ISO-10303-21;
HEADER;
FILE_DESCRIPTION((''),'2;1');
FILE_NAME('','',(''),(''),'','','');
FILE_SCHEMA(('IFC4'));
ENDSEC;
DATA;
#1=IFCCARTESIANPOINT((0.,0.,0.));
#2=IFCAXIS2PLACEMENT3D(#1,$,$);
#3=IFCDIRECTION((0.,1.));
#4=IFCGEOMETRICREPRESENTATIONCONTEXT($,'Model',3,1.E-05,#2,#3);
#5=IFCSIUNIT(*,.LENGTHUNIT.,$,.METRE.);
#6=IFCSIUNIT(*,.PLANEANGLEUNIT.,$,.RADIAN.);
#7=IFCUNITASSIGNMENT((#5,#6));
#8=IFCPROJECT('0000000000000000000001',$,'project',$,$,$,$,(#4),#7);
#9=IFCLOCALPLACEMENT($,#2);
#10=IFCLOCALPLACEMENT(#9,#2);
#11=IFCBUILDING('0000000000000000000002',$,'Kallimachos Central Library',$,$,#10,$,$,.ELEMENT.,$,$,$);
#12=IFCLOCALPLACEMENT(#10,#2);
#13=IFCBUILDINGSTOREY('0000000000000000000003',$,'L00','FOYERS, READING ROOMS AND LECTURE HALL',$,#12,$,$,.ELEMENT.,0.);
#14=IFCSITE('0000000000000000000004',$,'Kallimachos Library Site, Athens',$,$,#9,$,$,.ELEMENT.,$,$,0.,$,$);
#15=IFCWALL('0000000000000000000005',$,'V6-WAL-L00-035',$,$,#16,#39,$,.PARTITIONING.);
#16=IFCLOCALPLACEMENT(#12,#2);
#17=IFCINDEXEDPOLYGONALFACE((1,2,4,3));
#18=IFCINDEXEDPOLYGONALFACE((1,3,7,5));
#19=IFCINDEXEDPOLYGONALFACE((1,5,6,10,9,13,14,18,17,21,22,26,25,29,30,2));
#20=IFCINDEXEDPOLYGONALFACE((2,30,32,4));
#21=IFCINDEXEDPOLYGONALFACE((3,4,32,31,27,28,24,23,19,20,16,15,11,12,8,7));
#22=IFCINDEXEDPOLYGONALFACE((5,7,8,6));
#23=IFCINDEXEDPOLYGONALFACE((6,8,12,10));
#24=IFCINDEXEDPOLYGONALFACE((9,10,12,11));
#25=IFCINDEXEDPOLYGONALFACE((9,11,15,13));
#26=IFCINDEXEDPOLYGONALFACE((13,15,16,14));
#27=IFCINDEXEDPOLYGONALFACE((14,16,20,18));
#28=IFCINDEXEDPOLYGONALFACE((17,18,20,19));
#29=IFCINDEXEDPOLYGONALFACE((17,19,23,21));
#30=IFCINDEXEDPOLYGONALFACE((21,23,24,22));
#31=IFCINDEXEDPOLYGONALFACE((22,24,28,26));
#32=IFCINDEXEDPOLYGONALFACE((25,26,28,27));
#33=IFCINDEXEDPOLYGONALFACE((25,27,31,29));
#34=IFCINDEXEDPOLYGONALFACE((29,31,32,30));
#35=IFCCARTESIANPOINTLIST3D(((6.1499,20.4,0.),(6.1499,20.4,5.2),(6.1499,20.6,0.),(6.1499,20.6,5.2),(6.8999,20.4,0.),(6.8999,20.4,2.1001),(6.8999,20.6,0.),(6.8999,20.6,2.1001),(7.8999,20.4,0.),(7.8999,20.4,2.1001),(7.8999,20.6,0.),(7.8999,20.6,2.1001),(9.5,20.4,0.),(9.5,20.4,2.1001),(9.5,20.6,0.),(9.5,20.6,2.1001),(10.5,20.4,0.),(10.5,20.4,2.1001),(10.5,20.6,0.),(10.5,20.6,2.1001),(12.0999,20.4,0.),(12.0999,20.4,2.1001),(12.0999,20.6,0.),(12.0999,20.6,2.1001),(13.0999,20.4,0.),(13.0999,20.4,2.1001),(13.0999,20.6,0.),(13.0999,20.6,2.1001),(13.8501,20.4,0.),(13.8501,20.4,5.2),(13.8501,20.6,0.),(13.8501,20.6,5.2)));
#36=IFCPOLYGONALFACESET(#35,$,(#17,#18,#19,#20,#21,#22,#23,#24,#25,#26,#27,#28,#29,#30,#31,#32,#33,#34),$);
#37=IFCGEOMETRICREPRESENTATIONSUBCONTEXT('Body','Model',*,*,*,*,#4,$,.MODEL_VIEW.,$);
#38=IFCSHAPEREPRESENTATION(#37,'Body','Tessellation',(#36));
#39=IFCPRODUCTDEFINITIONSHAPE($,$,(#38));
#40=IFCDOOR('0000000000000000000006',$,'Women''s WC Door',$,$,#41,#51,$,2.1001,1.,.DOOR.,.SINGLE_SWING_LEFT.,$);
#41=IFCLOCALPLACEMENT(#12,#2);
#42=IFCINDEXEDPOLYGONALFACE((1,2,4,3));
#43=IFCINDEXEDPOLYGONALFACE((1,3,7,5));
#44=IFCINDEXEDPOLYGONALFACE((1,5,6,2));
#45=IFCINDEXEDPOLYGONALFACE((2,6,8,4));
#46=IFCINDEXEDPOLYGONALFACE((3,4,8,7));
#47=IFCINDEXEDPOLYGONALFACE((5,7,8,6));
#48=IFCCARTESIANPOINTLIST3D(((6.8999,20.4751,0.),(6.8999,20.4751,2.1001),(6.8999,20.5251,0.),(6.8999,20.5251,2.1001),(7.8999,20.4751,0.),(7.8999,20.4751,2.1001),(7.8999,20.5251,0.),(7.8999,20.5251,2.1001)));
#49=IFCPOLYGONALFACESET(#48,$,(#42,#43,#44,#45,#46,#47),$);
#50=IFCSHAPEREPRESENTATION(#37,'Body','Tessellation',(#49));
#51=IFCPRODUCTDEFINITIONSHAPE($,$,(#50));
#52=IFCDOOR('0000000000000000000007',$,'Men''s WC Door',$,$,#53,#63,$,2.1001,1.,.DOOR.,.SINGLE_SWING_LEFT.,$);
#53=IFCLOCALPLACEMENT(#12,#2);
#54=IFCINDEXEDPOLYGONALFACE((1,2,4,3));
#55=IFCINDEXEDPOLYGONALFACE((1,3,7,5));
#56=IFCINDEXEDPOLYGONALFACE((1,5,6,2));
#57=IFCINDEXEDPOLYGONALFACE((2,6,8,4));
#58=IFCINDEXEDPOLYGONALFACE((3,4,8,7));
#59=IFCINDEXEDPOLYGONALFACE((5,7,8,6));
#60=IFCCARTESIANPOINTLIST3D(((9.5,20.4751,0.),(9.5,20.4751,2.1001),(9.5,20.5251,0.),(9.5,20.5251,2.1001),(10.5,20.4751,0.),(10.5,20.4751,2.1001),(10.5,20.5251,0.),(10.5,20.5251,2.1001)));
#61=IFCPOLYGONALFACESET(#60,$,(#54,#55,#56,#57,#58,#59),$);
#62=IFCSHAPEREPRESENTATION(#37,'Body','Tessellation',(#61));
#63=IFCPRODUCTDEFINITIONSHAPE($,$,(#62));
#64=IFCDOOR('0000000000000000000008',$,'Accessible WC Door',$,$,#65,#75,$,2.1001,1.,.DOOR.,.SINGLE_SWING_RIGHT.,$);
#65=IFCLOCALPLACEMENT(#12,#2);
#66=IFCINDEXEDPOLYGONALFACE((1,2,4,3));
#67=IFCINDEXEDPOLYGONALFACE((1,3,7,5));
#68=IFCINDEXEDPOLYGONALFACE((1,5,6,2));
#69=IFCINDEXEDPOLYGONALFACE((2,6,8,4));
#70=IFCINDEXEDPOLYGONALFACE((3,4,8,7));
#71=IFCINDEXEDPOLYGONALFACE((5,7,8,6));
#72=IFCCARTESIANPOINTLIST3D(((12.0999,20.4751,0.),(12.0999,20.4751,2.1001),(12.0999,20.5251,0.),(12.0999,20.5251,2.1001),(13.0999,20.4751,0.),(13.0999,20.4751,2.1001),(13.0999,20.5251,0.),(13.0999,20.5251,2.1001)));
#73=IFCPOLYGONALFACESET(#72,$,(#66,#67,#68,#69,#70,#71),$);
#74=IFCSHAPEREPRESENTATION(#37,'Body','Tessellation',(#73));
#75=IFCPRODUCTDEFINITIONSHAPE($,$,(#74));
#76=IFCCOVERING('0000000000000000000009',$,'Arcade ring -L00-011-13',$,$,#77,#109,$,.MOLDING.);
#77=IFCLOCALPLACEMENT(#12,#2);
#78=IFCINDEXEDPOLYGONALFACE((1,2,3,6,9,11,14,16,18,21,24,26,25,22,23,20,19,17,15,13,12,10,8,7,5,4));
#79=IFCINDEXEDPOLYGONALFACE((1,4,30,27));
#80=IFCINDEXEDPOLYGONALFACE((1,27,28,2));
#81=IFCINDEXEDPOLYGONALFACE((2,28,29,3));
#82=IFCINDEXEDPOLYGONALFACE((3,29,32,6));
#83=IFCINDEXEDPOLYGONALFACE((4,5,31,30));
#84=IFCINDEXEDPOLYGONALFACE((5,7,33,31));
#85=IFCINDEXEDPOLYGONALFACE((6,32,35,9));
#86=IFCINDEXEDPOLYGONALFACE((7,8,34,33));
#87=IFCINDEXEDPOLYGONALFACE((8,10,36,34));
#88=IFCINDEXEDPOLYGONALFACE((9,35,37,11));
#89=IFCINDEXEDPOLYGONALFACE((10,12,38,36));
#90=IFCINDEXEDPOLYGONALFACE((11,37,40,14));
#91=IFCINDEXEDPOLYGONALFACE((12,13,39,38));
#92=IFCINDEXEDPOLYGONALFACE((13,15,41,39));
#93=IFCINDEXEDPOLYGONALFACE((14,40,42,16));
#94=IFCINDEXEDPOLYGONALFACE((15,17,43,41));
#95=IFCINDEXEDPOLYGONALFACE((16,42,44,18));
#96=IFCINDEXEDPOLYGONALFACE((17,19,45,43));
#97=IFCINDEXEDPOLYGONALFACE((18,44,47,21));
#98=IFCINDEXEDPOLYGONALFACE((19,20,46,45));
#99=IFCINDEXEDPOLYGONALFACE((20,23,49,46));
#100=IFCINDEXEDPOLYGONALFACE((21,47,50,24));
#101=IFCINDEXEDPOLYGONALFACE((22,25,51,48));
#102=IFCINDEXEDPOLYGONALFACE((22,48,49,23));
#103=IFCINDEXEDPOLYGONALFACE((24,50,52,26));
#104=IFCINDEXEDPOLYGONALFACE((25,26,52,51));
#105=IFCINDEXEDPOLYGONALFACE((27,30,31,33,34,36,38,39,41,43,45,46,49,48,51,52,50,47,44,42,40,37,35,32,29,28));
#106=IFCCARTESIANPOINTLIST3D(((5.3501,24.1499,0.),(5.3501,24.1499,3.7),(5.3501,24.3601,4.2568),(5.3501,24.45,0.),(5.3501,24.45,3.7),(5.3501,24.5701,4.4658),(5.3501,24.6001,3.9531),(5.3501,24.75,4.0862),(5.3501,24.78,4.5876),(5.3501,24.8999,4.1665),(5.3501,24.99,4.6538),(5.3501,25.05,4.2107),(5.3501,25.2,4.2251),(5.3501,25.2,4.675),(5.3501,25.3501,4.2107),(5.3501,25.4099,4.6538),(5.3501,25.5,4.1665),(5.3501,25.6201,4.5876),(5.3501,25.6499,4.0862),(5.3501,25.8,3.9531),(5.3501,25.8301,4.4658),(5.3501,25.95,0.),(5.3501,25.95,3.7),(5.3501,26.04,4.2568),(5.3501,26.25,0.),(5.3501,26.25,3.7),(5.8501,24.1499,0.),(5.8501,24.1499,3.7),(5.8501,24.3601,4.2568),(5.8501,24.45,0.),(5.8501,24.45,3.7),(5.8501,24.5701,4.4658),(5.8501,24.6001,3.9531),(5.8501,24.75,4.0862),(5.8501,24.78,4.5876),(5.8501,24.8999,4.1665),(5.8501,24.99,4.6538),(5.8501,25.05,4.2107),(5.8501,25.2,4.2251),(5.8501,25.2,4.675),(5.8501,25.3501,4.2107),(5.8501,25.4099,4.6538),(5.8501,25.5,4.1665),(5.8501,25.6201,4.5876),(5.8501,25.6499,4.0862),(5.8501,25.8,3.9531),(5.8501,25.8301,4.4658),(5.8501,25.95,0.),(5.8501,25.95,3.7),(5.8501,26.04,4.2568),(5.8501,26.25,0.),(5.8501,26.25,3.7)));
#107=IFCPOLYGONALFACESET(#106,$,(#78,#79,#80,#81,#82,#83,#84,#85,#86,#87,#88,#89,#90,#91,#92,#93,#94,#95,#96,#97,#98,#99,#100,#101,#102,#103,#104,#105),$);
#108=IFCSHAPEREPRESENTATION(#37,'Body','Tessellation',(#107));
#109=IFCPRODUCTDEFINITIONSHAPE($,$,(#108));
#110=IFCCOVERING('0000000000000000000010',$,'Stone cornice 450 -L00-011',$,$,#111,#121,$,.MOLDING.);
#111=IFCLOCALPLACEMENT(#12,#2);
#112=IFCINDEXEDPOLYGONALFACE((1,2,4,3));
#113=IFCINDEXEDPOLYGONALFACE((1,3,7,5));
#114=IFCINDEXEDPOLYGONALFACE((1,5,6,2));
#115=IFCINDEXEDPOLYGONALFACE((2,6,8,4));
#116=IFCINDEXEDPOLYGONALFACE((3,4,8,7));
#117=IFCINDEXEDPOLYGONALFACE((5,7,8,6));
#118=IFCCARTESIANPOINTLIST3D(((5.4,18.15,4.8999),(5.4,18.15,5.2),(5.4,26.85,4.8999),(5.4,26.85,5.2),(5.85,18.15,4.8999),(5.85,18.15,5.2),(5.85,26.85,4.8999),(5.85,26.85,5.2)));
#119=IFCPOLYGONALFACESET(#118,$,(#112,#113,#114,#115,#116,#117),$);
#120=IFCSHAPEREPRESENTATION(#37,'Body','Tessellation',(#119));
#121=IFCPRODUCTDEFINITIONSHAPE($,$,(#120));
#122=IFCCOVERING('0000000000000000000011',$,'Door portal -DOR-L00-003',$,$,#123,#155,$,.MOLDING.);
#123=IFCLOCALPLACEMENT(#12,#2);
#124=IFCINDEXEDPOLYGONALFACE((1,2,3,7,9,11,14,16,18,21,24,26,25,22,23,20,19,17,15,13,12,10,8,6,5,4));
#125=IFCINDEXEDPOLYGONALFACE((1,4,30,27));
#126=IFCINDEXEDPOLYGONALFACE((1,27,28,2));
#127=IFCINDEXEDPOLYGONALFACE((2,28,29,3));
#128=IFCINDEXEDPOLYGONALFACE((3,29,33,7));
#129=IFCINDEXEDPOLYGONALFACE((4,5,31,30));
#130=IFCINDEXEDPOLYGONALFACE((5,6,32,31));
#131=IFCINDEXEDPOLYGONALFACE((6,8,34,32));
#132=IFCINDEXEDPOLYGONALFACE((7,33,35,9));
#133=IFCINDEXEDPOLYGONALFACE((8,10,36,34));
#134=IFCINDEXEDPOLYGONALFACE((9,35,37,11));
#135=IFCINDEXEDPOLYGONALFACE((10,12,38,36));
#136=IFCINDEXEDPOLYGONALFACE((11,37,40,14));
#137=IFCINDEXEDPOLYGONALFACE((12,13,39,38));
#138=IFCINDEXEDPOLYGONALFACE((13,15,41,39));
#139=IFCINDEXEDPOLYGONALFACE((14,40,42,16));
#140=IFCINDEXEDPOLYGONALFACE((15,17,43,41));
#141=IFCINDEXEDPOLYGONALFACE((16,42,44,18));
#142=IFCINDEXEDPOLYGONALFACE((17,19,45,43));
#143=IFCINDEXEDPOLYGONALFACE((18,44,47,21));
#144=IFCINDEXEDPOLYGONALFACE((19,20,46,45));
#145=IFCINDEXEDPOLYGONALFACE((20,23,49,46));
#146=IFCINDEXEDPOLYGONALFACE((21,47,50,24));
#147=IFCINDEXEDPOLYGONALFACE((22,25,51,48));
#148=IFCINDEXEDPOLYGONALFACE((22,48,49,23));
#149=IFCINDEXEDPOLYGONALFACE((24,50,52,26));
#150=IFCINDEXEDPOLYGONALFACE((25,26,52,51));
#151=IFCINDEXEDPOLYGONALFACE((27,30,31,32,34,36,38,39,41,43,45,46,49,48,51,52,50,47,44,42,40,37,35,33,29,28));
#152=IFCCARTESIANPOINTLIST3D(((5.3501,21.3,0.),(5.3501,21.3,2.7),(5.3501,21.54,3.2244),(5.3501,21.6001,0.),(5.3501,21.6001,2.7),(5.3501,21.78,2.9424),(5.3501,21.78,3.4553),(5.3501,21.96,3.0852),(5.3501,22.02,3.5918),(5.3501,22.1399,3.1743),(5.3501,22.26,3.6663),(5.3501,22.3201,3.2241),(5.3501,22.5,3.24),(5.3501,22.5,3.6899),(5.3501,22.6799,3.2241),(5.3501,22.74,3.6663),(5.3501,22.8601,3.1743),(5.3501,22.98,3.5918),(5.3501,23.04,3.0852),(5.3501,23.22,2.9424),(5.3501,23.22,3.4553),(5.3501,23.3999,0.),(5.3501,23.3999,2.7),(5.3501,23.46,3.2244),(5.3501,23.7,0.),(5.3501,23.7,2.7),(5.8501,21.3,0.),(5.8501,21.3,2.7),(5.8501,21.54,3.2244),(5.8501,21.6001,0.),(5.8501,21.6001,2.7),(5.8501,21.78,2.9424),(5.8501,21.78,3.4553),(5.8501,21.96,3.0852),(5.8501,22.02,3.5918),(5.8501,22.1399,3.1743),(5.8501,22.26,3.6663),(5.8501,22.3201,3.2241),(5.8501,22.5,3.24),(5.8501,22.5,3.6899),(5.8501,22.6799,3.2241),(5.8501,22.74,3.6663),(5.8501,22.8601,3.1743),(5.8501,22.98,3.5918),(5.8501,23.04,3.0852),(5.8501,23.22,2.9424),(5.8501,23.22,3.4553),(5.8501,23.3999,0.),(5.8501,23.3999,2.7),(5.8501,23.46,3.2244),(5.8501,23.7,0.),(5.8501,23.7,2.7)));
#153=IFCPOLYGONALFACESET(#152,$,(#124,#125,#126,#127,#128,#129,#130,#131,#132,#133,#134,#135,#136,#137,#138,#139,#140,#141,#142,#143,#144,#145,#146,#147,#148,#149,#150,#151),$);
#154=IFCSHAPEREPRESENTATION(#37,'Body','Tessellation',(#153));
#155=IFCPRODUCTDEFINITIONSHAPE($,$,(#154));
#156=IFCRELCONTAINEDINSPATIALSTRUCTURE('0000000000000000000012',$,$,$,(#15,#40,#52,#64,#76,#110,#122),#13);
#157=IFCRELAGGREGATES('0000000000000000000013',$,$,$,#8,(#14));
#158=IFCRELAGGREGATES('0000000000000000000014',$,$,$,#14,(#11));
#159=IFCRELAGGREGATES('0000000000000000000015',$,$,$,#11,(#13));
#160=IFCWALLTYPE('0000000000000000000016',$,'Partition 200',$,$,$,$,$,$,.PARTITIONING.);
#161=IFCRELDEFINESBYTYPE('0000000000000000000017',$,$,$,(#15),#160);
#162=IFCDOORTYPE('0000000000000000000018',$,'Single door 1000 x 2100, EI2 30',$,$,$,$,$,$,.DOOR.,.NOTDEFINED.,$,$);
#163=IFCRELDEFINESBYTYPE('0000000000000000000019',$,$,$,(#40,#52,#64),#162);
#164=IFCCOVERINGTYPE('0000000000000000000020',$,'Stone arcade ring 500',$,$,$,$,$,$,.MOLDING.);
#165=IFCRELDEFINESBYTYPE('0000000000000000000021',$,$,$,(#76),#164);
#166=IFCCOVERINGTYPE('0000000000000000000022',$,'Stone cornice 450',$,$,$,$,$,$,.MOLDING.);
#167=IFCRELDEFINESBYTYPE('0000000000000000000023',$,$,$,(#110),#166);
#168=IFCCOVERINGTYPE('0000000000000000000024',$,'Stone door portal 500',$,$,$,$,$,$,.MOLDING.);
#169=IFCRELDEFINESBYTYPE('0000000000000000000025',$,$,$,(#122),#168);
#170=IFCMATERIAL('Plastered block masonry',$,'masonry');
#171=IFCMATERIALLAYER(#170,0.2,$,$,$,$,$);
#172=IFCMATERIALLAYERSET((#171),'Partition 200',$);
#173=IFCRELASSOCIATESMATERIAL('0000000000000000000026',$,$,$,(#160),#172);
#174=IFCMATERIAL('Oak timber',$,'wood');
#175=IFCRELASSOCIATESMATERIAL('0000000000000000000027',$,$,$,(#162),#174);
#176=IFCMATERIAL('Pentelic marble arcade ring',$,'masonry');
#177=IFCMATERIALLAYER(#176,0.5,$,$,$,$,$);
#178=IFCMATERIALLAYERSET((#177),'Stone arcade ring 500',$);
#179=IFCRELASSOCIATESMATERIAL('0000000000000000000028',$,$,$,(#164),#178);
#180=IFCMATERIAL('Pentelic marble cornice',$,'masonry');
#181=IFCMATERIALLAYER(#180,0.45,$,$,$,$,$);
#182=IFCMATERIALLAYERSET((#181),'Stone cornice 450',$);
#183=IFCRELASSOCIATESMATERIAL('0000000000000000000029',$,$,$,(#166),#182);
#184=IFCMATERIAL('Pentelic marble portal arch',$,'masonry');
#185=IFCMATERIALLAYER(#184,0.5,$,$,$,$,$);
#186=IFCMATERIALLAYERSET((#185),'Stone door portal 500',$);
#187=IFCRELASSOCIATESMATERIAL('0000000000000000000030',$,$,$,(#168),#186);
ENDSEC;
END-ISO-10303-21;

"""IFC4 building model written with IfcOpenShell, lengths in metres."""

from ifc_helpers import new_model, si_unit, direction, frame, frame_2d, origin, origin_2d, place, context, subcontext, project, spatial, polyline, rectangle, outline, extrude, material, layer, layer_set, type_object, element, fill, save


model = new_model("IFC4")

# Units and contexts
model_context = context("Model", 3, precision=1e-05, world=origin(), true_north=direction((0.0, 1.0)))
body_context = subcontext(model_context, "Body", "Model", "MODEL_VIEW")
ifc_project = project(units=[si_unit("LENGTHUNIT", "METRE"), si_unit("PLANEANGLEUNIT", "RADIAN")], contexts=[model_context])

# Site, building, storey
site_placement = place(None, origin())
site = spatial("IfcSite", under=ifc_project, at=site_placement, Name="Kallimachos Library Site, Athens", CompositionType="ELEMENT", RefElevation=0.0)
building_placement = place(site_placement, origin())
building = spatial("IfcBuilding", under=site, at=building_placement, Name="Kallimachos Central Library", CompositionType="ELEMENT")
storey_placement = place(building_placement, origin())
storey = spatial("IfcBuildingStorey", under=building, at=storey_placement, Name="L00", Description="FOYERS, READING ROOMS AND LECTURE HALL", CompositionType="ELEMENT", Elevation=0.0)

# Shared definitions
ifc_material_1 = material(Name="Plastered block masonry", Category="masonry")
ifc_layer_1 = layer(ifc_material_1, 0.2)
ifc_layer_set_1 = layer_set([ifc_layer_1], Name="Partition 200")
wall_type_1 = type_object("IfcWallType", Name="Partition 200", PredefinedType="PARTITIONING", material=ifc_layer_set_1)

# Wall, openings, doors
wall_1_placement = place(storey_placement, frame((6.1499, 20.5, 0.0), z_axis=(0.0, 0.0, 1.0), x_axis=(1.0, 0.0, 0.0)))
wall_1 = element("IfcWall", 1, at=wall_1_placement, inside=storey, type_object=wall_type_1, Name="V6-WAL-L00-035", PredefinedType="PARTITIONING", context=body_context, shape_type="SweptSolid", body=[
    extrude(rectangle(XDim=7.7002, YDim=0.2, at=frame_2d((3.8501, 0.0))), origin(), (0.0, 0.0, 1.0), 5.2),
])
opening_1_placement = place(wall_1_placement, frame((0.75, 0.0, 0.0)))
opening_1 = element("IfcOpeningElement", 2, at=opening_1_placement, cuts=wall_1, PredefinedType="OPENING", context=body_context, shape_type="SweptSolid", body=[
    extrude(rectangle(XDim=1.0, YDim=2.1001, at=frame_2d((0.5, 1.05))), frame((0.0, 0.1099, 0.0), z_axis=(0.0, -1.0, 0.0), x_axis=(1.0, 0.0, 0.0)), (0.0, 0.0, 1.0), 0.22),
])
opening_2_placement = place(wall_1_placement, frame((3.3501, 0.0, 0.0)))
opening_2 = element("IfcOpeningElement", 3, at=opening_2_placement, cuts=wall_1, PredefinedType="OPENING", context=body_context, shape_type="SweptSolid", body=[
    extrude(rectangle(XDim=1.0, YDim=2.1001, at=frame_2d((0.5, 1.05))), frame((0.0, 0.1099, 0.0), z_axis=(0.0, -1.0, 0.0), x_axis=(1.0, 0.0, 0.0)), (0.0, 0.0, 1.0), 0.22),
])
opening_3_placement = place(wall_1_placement, frame((5.95, 0.0, 0.0)))
opening_3 = element("IfcOpeningElement", 4, at=opening_3_placement, cuts=wall_1, PredefinedType="OPENING", context=body_context, shape_type="SweptSolid", body=[
    extrude(rectangle(XDim=1.0, YDim=2.1001, at=frame_2d((0.5, 1.05))), frame((0.0, 0.1099, 0.0), z_axis=(0.0, -1.0, 0.0), x_axis=(1.0, 0.0, 0.0)), (0.0, 0.0, 1.0), 0.22),
])
ifc_material_2 = material(Name="Oak timber", Category="wood")
door_type_1 = type_object("IfcDoorType", Name="Single door 1000 x 2100, EI2 30", OperationType="NOTDEFINED", PredefinedType="DOOR", material=ifc_material_2)
door_1_placement = place(opening_1_placement, frame((1.0, 0.0, 0.0), z_axis=(0.0, 0.0, 1.0), x_axis=(-1.0, 0.0, 0.0)))
door_1 = element("IfcDoor", 5, at=door_1_placement, inside=storey, type_object=door_type_1, Name="Women's WC Door", OperationType="SINGLE_SWING_LEFT", OverallHeight=2.1001, OverallWidth=1.0, PredefinedType="DOOR", context=body_context, shape_type="SweptSolid", body=[
    extrude(rectangle(XDim=1.0, YDim=2.1001, at=frame_2d((0.5, 1.05))), frame((0.0, 0.0249, 0.0), z_axis=(0.0, -1.0, 0.0), x_axis=(1.0, 0.0, 0.0)), (0.0, 0.0, 1.0), 0.05),
])
fill(opening_1, door_1)
door_2_placement = place(opening_2_placement, frame((1.0, 0.0, 0.0), z_axis=(0.0, 0.0, 1.0), x_axis=(-1.0, 0.0, 0.0)))
door_2 = element("IfcDoor", 6, at=door_2_placement, inside=storey, type_object=door_type_1, Name="Men's WC Door", OperationType="SINGLE_SWING_LEFT", OverallHeight=2.1001, OverallWidth=1.0, PredefinedType="DOOR", context=body_context, shape_type="SweptSolid", body=[
    extrude(rectangle(XDim=1.0, YDim=2.1001, at=frame_2d((0.5, 1.05))), frame((0.0, 0.0249, 0.0), z_axis=(0.0, -1.0, 0.0), x_axis=(1.0, 0.0, 0.0)), (0.0, 0.0, 1.0), 0.05),
])
fill(opening_2, door_2)
door_3_placement = place(opening_3_placement, frame((1.0, 0.0, 0.0), z_axis=(0.0, 0.0, 1.0), x_axis=(-1.0, 0.0, 0.0)))
door_3 = element("IfcDoor", 7, at=door_3_placement, inside=storey, type_object=door_type_1, Name="Accessible WC Door", OperationType="SINGLE_SWING_RIGHT", OverallHeight=2.1001, OverallWidth=1.0, PredefinedType="DOOR", context=body_context, shape_type="SweptSolid", body=[
    extrude(rectangle(XDim=1.0, YDim=2.1001, at=frame_2d((0.5, 1.05))), frame((0.0, 0.0249, 0.0), z_axis=(0.0, -1.0, 0.0), x_axis=(1.0, 0.0, 0.0)), (0.0, 0.0, 1.0), 0.05),
])
fill(opening_3, door_3)

# Coverings
ifc_material_3 = material(Name="Pentelic marble arcade ring", Category="masonry")
ifc_layer_2 = layer(ifc_material_3, 0.5)
ifc_layer_set_2 = layer_set([ifc_layer_2], Name="Stone arcade ring 500")
covering_type_1 = type_object("IfcCoveringType", Name="Stone arcade ring 500", PredefinedType="MOLDING", material=ifc_layer_set_2)
covering_1_placement = place(storey_placement, frame((5.3501, 24.1499, 0.0), z_axis=(-1.0, 0.0, 0.0), x_axis=(0.0, 0.0, 1.0)))
element("IfcCovering", 8, at=covering_1_placement, inside=storey, type_object=covering_type_1, Name="Arcade ring -L00-011-13", PredefinedType="MOLDING", context=body_context, shape_type="SweptSolid", body=[
    extrude(outline(polyline([(0.0, 0.0), (3.7, 0.0), (4.2568, 0.2102), (4.4658, 0.4202), (4.5876, 0.6301), (4.6538, 0.8401), (4.675, 1.05), (4.6538, 1.26), (4.5876, 1.4702), (4.4658, 1.6802), (4.2568, 1.8901), (3.7, 2.1001), (0.0, 2.1001), (0.0, 1.8), (3.7, 1.8), (3.9531, 1.6501), (4.0862, 1.5), (4.1665, 1.3501), (4.2107, 1.2002), (4.2251, 1.05), (4.2107, 0.9001), (4.1665, 0.75), (4.0862, 0.6001), (3.9531, 0.4502), (3.7, 0.3), (0.0, 0.3), (0.0, 0.0)])), origin(), (0.0, 0.0, -1.0), 0.5),
])
ifc_material_4 = material(Name="Pentelic marble cornice", Category="masonry")
ifc_layer_3 = layer(ifc_material_4, 0.45)
ifc_layer_set_3 = layer_set([ifc_layer_3], Name="Stone cornice 450")
covering_type_2 = type_object("IfcCoveringType", Name="Stone cornice 450", PredefinedType="MOLDING", material=ifc_layer_set_3)
covering_2_placement = place(storey_placement, frame((5.625, 22.5, 4.8999), z_axis=(0.0, 0.0, 1.0), x_axis=(1.0, 0.0, 0.0)))
element("IfcCovering", 9, at=covering_2_placement, inside=storey, type_object=covering_type_2, Name="Stone cornice 450 -L00-011", PredefinedType="MOLDING", context=body_context, shape_type="SweptSolid", body=[
    extrude(rectangle(XDim=0.45, YDim=8.7, at=origin_2d()), origin(), (0.0, 0.0, 1.0), 0.3),
])
ifc_material_5 = material(Name="Pentelic marble portal arch", Category="masonry")
ifc_layer_4 = layer(ifc_material_5, 0.5)
ifc_layer_set_4 = layer_set([ifc_layer_4], Name="Stone door portal 500")
covering_type_3 = type_object("IfcCoveringType", Name="Stone door portal 500", PredefinedType="MOLDING", material=ifc_layer_set_4)
covering_3_placement = place(storey_placement, frame((5.3501, 21.3, 0.0), z_axis=(-1.0, 0.0, 0.0), x_axis=(0.0, 0.0, 1.0)))
element("IfcCovering", 10, at=covering_3_placement, inside=storey, type_object=covering_type_3, Name="Door portal -DOR-L00-003", PredefinedType="MOLDING", context=body_context, shape_type="SweptSolid", body=[
    extrude(outline(polyline([(0.0, 0.0), (2.7, 0.0), (3.2244, 0.24), (3.4553, 0.48), (3.5918, 0.72), (3.6663, 0.96), (3.6899, 1.2), (3.6663, 1.4399), (3.5918, 1.6799), (3.4553, 1.9199), (3.2244, 2.1599), (2.7, 2.3999), (0.0, 2.3999), (0.0, 2.0999), (2.7, 2.0999), (2.9424, 1.9199), (3.0852, 1.74), (3.1743, 1.5601), (3.2241, 1.3799), (3.24, 1.2), (3.2241, 1.02), (3.1743, 0.8398), (3.0852, 0.6599), (2.9424, 0.48), (2.7, 0.3), (0.0, 0.3), (0.0, 0.0)])), origin(), (0.0, 0.0, -1.0), 0.5),
])

save(model, "model.ifc")
